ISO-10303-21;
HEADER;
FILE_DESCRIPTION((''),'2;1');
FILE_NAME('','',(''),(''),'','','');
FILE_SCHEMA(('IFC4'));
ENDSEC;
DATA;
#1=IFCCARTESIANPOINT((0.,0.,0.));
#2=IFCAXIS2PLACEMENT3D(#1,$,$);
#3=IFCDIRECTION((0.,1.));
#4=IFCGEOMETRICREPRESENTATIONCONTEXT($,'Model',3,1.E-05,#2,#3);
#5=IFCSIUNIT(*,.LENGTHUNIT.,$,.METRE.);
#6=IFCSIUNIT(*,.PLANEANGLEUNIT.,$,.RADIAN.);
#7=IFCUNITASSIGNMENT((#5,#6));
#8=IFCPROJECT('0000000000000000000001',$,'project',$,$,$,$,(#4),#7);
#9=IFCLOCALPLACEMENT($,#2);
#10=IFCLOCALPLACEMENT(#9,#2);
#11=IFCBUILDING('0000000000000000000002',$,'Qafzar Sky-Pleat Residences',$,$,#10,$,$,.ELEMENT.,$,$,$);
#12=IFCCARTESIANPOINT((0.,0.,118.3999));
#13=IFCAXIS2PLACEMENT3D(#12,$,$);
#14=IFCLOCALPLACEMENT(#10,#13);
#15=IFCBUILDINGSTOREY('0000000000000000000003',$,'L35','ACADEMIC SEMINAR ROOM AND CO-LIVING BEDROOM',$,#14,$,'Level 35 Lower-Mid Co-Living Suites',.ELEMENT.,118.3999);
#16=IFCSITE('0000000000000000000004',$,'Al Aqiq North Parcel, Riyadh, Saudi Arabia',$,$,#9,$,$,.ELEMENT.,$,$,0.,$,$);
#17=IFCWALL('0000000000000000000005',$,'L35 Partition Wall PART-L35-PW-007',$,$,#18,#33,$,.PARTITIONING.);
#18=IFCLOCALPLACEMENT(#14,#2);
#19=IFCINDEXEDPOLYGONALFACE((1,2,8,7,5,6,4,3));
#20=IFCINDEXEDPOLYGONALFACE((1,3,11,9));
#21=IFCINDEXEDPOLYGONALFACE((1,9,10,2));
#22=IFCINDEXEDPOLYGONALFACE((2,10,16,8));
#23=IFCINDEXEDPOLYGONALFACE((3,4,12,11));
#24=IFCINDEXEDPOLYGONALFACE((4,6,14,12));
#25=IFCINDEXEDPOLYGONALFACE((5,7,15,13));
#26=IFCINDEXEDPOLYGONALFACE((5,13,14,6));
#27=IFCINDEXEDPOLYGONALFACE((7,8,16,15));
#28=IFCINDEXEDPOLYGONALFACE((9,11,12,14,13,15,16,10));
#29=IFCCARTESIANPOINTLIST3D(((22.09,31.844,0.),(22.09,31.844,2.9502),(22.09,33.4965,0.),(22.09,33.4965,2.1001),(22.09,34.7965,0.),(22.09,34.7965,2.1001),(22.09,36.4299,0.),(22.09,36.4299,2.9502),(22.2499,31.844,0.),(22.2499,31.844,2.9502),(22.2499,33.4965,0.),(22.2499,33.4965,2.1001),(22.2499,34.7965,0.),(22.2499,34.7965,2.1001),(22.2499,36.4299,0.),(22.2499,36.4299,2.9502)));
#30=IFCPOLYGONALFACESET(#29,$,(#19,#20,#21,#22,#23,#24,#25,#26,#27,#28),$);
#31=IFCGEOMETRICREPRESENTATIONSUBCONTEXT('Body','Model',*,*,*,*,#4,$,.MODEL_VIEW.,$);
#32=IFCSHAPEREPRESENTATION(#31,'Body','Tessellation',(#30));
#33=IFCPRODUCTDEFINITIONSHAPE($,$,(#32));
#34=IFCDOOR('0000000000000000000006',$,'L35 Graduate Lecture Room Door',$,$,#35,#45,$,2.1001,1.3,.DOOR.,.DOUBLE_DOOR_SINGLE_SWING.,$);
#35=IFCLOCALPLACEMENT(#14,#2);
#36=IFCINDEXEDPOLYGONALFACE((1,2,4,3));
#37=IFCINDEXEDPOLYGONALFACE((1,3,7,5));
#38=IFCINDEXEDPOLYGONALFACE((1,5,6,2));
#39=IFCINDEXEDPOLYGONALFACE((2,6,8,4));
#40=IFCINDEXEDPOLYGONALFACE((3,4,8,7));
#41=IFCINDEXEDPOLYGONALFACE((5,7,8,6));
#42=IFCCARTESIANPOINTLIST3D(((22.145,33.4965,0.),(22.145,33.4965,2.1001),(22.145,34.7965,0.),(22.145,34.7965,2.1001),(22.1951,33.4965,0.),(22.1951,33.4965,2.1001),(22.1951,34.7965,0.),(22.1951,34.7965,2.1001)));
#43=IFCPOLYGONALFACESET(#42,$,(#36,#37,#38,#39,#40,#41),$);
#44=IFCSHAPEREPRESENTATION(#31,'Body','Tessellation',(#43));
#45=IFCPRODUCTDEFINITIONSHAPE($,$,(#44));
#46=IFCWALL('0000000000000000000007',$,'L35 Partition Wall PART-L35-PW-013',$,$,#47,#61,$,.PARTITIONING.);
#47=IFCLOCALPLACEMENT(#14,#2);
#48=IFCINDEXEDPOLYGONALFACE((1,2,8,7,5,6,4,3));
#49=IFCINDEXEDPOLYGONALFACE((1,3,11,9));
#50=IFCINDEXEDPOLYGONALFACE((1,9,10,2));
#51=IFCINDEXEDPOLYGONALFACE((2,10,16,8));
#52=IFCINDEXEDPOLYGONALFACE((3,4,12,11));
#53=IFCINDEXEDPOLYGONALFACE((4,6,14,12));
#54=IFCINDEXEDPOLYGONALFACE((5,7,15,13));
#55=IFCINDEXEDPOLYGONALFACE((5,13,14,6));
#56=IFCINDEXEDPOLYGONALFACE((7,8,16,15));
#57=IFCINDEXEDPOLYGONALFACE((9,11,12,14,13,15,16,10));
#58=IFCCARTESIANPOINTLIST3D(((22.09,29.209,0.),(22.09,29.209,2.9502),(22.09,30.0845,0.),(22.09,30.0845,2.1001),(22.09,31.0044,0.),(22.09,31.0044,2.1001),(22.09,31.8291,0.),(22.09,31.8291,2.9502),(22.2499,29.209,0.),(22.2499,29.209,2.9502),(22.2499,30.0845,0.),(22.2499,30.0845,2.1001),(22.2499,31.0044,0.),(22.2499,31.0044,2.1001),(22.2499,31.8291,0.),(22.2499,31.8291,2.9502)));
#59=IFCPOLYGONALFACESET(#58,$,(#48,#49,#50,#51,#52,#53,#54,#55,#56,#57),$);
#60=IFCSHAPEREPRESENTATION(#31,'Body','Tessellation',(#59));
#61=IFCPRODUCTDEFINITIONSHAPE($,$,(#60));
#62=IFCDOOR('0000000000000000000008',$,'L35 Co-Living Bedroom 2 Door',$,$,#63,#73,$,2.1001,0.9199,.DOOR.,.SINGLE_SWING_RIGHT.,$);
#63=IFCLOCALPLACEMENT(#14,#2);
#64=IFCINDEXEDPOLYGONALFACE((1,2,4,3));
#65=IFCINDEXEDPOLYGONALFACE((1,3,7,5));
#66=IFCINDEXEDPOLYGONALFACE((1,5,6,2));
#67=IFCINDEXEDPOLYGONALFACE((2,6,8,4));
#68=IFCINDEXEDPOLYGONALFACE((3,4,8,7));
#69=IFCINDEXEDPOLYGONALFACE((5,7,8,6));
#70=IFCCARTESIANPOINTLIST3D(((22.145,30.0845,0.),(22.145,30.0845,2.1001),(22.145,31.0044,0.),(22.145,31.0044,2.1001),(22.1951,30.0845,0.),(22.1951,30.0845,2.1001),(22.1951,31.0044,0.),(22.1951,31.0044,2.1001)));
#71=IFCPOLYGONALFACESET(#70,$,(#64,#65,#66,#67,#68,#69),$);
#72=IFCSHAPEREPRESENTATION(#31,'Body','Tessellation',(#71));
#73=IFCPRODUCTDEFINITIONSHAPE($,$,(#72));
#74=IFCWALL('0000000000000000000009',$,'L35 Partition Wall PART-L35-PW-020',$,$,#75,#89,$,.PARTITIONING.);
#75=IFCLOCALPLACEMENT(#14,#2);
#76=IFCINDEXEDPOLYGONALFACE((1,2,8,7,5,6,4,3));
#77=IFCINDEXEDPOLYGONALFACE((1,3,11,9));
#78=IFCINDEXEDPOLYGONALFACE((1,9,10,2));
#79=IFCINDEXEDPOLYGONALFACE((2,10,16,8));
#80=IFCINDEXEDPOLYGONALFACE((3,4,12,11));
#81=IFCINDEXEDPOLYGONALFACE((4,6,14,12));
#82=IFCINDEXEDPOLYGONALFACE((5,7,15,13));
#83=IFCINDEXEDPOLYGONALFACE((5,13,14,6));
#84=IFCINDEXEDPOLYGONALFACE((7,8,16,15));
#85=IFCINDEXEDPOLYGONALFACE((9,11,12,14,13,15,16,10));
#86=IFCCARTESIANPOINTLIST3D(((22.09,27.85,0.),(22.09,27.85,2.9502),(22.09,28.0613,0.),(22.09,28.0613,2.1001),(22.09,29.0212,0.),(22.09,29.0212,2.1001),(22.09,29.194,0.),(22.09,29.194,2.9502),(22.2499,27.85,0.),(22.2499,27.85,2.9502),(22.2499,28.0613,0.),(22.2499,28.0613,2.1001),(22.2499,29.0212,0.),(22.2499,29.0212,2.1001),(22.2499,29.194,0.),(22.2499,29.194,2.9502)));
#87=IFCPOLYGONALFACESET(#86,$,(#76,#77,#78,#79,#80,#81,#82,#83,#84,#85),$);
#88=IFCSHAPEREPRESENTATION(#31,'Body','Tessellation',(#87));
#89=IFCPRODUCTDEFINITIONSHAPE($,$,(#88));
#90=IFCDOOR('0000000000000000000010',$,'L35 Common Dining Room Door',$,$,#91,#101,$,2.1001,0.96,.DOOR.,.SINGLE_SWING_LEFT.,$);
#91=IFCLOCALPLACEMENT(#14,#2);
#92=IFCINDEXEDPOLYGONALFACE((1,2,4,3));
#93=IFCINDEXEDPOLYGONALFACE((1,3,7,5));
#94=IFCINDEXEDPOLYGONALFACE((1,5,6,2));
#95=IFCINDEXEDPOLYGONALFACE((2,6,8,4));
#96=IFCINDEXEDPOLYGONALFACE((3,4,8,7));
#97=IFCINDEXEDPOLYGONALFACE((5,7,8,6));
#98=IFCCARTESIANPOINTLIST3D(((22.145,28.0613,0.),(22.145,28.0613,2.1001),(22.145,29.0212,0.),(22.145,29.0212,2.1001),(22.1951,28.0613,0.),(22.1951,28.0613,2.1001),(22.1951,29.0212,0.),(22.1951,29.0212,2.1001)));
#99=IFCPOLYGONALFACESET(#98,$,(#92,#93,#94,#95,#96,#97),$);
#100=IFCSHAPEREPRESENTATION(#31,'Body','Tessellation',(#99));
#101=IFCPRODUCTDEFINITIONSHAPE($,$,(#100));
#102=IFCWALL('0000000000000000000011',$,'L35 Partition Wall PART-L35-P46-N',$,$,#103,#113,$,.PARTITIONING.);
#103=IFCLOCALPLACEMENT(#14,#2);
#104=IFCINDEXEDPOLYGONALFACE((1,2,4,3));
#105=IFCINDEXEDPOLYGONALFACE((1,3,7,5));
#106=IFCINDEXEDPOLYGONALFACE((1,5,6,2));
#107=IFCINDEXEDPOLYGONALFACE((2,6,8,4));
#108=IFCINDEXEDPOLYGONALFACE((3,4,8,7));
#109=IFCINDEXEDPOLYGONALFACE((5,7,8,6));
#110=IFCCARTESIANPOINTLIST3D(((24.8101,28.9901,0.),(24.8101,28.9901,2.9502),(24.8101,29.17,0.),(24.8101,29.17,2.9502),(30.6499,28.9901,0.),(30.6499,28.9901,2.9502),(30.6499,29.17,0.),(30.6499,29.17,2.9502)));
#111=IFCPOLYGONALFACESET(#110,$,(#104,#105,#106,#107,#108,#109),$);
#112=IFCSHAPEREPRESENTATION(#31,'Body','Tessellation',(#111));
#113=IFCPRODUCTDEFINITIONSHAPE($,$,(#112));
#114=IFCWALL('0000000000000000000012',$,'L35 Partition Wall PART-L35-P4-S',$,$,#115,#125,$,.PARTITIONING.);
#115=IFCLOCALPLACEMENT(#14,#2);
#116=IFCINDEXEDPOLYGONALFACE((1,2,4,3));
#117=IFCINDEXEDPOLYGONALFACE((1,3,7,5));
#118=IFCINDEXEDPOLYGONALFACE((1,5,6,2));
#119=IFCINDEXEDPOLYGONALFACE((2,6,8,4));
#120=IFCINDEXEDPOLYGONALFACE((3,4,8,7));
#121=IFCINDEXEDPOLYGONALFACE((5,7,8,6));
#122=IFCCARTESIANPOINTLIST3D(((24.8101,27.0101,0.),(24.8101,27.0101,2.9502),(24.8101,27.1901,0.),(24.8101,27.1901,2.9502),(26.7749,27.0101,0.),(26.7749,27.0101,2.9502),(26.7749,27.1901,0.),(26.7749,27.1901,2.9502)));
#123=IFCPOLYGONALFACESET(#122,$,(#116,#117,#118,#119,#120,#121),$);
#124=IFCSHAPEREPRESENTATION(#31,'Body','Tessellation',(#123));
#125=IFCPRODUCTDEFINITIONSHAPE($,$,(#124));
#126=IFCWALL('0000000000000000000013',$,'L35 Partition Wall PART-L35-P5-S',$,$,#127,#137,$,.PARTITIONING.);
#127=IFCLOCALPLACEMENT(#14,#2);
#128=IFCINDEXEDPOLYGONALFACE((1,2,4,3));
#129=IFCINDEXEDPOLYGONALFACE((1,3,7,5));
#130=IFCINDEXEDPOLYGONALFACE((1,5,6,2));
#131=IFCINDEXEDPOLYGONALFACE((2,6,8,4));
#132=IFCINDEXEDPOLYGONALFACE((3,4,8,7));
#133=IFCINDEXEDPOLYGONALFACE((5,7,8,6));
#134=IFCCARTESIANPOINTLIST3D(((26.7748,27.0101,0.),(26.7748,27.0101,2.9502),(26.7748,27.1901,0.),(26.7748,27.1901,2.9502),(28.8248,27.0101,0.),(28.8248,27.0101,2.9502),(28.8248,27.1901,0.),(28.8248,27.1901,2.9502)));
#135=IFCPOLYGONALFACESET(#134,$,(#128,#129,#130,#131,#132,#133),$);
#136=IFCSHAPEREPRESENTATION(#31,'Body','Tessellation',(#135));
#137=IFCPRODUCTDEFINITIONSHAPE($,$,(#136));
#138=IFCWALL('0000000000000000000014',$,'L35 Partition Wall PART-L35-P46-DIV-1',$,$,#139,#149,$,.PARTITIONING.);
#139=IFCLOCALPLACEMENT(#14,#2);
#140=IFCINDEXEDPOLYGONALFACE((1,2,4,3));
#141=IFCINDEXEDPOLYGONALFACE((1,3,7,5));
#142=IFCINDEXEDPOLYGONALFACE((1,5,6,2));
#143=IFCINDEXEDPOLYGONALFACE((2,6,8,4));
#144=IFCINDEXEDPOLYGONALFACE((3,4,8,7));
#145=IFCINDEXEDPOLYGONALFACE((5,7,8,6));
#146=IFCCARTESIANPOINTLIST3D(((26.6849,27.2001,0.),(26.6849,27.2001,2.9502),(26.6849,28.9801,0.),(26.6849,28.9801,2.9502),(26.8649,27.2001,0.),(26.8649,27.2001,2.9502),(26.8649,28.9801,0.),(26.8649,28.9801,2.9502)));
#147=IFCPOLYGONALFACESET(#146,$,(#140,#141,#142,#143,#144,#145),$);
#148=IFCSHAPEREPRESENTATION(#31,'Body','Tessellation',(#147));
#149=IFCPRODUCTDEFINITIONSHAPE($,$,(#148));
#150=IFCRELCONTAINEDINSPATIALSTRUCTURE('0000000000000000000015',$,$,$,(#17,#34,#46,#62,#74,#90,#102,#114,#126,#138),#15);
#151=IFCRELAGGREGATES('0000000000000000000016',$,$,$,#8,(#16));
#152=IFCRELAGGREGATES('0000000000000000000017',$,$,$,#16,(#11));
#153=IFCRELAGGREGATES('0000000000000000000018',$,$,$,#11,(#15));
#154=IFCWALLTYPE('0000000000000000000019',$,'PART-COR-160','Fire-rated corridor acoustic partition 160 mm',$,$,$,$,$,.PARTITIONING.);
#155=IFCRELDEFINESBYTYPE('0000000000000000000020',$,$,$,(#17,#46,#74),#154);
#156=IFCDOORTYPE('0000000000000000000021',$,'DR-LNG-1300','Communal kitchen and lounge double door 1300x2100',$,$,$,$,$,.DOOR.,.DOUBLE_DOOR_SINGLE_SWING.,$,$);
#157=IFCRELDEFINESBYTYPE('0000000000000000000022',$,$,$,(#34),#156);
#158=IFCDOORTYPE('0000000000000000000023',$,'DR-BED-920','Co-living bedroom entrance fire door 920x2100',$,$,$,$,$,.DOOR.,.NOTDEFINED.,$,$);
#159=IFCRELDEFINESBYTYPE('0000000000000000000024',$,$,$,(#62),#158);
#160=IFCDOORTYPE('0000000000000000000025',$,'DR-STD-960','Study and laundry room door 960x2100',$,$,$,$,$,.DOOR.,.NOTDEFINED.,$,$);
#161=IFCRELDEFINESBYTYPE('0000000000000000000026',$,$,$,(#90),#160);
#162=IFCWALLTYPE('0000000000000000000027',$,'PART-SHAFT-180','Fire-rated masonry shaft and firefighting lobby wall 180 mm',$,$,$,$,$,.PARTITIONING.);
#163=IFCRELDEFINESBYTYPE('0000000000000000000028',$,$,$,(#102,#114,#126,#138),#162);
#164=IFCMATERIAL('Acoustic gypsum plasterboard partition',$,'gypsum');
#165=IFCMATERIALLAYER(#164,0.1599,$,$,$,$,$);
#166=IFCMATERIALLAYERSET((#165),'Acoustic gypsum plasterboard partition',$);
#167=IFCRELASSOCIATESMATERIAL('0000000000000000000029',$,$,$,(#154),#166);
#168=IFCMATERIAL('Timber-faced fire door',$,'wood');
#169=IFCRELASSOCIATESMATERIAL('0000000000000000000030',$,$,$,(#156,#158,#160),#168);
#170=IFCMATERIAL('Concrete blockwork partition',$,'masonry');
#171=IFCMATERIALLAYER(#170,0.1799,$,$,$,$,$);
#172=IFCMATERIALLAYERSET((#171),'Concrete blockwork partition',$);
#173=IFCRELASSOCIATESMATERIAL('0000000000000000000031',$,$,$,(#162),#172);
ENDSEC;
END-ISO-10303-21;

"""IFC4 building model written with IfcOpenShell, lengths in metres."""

from ifc_helpers import new_model, si_unit, direction, frame, frame_2d, origin, place, context, subcontext, project, spatial, rectangle, extrude, source, transform, mapped, material, layer, layer_set, type_object, element, fill, save


model = new_model("IFC4")

# Units and contexts
model_context = context("Model", 3, precision=1e-05, world=origin(), true_north=direction((0.0, 1.0)))
body_context = subcontext(model_context, "Body", "Model", "MODEL_VIEW")
ifc_project = project(units=[si_unit("LENGTHUNIT", "METRE"), si_unit("PLANEANGLEUNIT", "RADIAN")], contexts=[model_context])

# Site, building, storey
site_placement = place(None, origin())
site = spatial("IfcSite", under=ifc_project, at=site_placement, Name="Al Aqiq North Parcel, Riyadh, Saudi Arabia", CompositionType="ELEMENT", RefElevation=0.0)
building_placement = place(site_placement, origin())
building = spatial("IfcBuilding", under=site, at=building_placement, Name="Qafzar Sky-Pleat Residences", CompositionType="ELEMENT")
storey_placement = place(building_placement, frame((0.0, 0.0, 118.3999)))
storey = spatial("IfcBuildingStorey", under=building, at=storey_placement, Name="L35", Description="ACADEMIC SEMINAR ROOM AND CO-LIVING BEDROOM", LongName="Level 35 Lower-Mid Co-Living Suites", CompositionType="ELEMENT", Elevation=118.3999)

# Walls, openings, doors
ifc_material_1 = material(Name="Acoustic gypsum plasterboard partition", Category="gypsum")
ifc_layer_1 = layer(ifc_material_1, 0.1599)
ifc_layer_set_1 = layer_set([ifc_layer_1], Name="Acoustic gypsum plasterboard partition")
wall_type_1 = type_object("IfcWallType", Name="PART-COR-160", Description="Fire-rated corridor acoustic partition 160 mm", PredefinedType="PARTITIONING", material=ifc_layer_set_1)
wall_1_placement = place(storey_placement, frame((22.1699, 31.844, 0.0), z_axis=(0.0, 0.0, 1.0), x_axis=(0.0, 1.0, 0.0)))
wall_1 = element("IfcWall", 1, at=wall_1_placement, inside=storey, type_object=wall_type_1, Name="L35 Partition Wall PART-L35-PW-007", PredefinedType="PARTITIONING", context=body_context, shape_type="SweptSolid", body=[
    extrude(rectangle(XDim=4.5859, YDim=0.1599, at=frame_2d((2.293, 0.0))), origin(), (0.0, 0.0, 1.0), 2.9502),
])
opening_1_placement = place(wall_1_placement, frame((1.6526, 0.0, 0.0)))
opening_1 = element("IfcOpeningElement", 2, at=opening_1_placement, cuts=wall_1, PredefinedType="OPENING", context=body_context, shape_type="SweptSolid", body=[
    extrude(rectangle(XDim=1.3, YDim=2.1001, at=frame_2d((0.6499, 1.05))), frame((0.0, 0.0898, 0.0), z_axis=(0.0, -1.0, 0.0), x_axis=(1.0, 0.0, 0.0)), (0.0, 0.0, 1.0), 0.1799),
])
ifc_material_2 = material(Name="Timber-faced fire door", Category="wood")
door_type_1 = type_object("IfcDoorType", Name="DR-LNG-1300", Description="Communal kitchen and lounge double door 1300x2100", OperationType="DOUBLE_DOOR_SINGLE_SWING", PredefinedType="DOOR", material=ifc_material_2)
shared_shape_1 = source(origin(), body_context, "Body", "SweptSolid", [
    extrude(rectangle(XDim=1.3, YDim=2.1001, at=frame_2d((0.6499, 1.05))), frame((0.0, 0.0249, 0.0), z_axis=(0.0, -1.0, 0.0), x_axis=(1.0, 0.0, 0.0)), (0.0, 0.0, 1.0), 0.05),
])
door_1_placement = place(opening_1_placement, origin())
door_1 = element("IfcDoor", 3, at=door_1_placement, inside=storey, type_object=door_type_1, Name="L35 Graduate Lecture Room Door", OperationType="DOUBLE_DOOR_SINGLE_SWING", OverallHeight=2.1001, OverallWidth=1.3, PredefinedType="DOOR", context=body_context, shape_type="MappedRepresentation", body=[
    mapped(shared_shape_1, transform((0.0, 0.0, 0.0), x_axis=(1.0, 0.0, 0.0), y_axis=(0.0, 1.0, 0.0), z_axis=(0.0, 0.0, 1.0), scale=1.0)),
])
fill(opening_1, door_1)
wall_2_placement = place(storey_placement, frame((22.1699, 29.209, 0.0), z_axis=(0.0, 0.0, 1.0), x_axis=(0.0, 1.0, 0.0)))
wall_2 = element("IfcWall", 4, at=wall_2_placement, inside=storey, type_object=wall_type_1, Name="L35 Partition Wall PART-L35-PW-013", PredefinedType="PARTITIONING", context=body_context, shape_type="SweptSolid", body=[
    extrude(rectangle(XDim=2.6201, YDim=0.1599, at=frame_2d((1.3101, 0.0))), origin(), (0.0, 0.0, 1.0), 2.9502),
])
opening_2_placement = place(wall_2_placement, frame((0.8755, 0.0, 0.0)))
opening_2 = element("IfcOpeningElement", 5, at=opening_2_placement, cuts=wall_2, PredefinedType="OPENING", context=body_context, shape_type="SweptSolid", body=[
    extrude(rectangle(XDim=0.9199, YDim=2.1001, at=frame_2d((0.46, 1.05))), frame((0.0, 0.0898, 0.0), z_axis=(0.0, -1.0, 0.0), x_axis=(1.0, 0.0, 0.0)), (0.0, 0.0, 1.0), 0.1799),
])
door_type_2 = type_object("IfcDoorType", Name="DR-BED-920", Description="Co-living bedroom entrance fire door 920x2100", OperationType="NOTDEFINED", PredefinedType="DOOR", material=ifc_material_2)
shared_shape_2 = source(origin(), body_context, "Body", "SweptSolid", [
    extrude(rectangle(XDim=0.9199, YDim=2.1001, at=frame_2d((0.46, 1.05))), frame((0.0, 0.0249, 0.0), z_axis=(0.0, -1.0, 0.0), x_axis=(1.0, 0.0, 0.0)), (0.0, 0.0, 1.0), 0.05),
])
door_2_placement = place(opening_2_placement, origin())
door_2 = element("IfcDoor", 6, at=door_2_placement, inside=storey, type_object=door_type_2, Name="L35 Co-Living Bedroom 2 Door", OperationType="SINGLE_SWING_RIGHT", OverallHeight=2.1001, OverallWidth=0.9199, PredefinedType="DOOR", context=body_context, shape_type="MappedRepresentation", body=[
    mapped(shared_shape_2, transform((0.0, 0.0, 0.0), x_axis=(1.0, 0.0, 0.0), y_axis=(0.0, 1.0, 0.0), z_axis=(0.0, 0.0, 1.0), scale=1.0)),
])
fill(opening_2, door_2)
wall_3_placement = place(storey_placement, frame((22.1699, 27.8501, 0.0), z_axis=(0.0, 0.0, 1.0), x_axis=(0.0, 1.0, 0.0)))
wall_3 = element("IfcWall", 7, at=wall_3_placement, inside=storey, type_object=wall_type_1, Name="L35 Partition Wall PART-L35-PW-020", PredefinedType="PARTITIONING", context=body_context, shape_type="SweptSolid", body=[
    extrude(rectangle(XDim=1.344, YDim=0.1599, at=frame_2d((0.6719, 0.0))), origin(), (0.0, 0.0, 1.0), 2.9502),
])
opening_3_placement = place(wall_3_placement, frame((0.2112, 0.0, 0.0)))
opening_3 = element("IfcOpeningElement", 8, at=opening_3_placement, cuts=wall_3, PredefinedType="OPENING", context=body_context, shape_type="SweptSolid", body=[
    extrude(rectangle(XDim=0.96, YDim=2.1001, at=frame_2d((0.48, 1.05))), frame((0.0, 0.0898, 0.0), z_axis=(0.0, -1.0, 0.0), x_axis=(1.0, 0.0, 0.0)), (0.0, 0.0, 1.0), 0.1799),
])
door_type_3 = type_object("IfcDoorType", Name="DR-STD-960", Description="Study and laundry room door 960x2100", OperationType="NOTDEFINED", PredefinedType="DOOR", material=ifc_material_2)
shared_shape_3 = source(origin(), body_context, "Body", "SweptSolid", [
    extrude(rectangle(XDim=0.96, YDim=2.1001, at=frame_2d((0.48, 1.05))), frame((0.0, 0.0249, 0.0), z_axis=(0.0, -1.0, 0.0), x_axis=(1.0, 0.0, 0.0)), (0.0, 0.0, 1.0), 0.05),
])
door_3_placement = place(opening_3_placement, origin())
door_3 = element("IfcDoor", 9, at=door_3_placement, inside=storey, type_object=door_type_3, Name="L35 Common Dining Room Door", OperationType="SINGLE_SWING_LEFT", OverallHeight=2.1001, OverallWidth=0.96, PredefinedType="DOOR", context=body_context, shape_type="MappedRepresentation", body=[
    mapped(shared_shape_3, transform((0.0, 0.0, 0.0), x_axis=(1.0, 0.0, 0.0), y_axis=(0.0, 1.0, 0.0), z_axis=(0.0, 0.0, 1.0), scale=1.0)),
])
fill(opening_3, door_3)

# Walls
ifc_material_3 = material(Name="Concrete blockwork partition", Category="masonry")
ifc_layer_2 = layer(ifc_material_3, 0.1799)
ifc_layer_set_2 = layer_set([ifc_layer_2], Name="Concrete blockwork partition")
wall_type_2 = type_object("IfcWallType", Name="PART-SHAFT-180", Description="Fire-rated masonry shaft and firefighting lobby wall 180 mm", PredefinedType="PARTITIONING", material=ifc_layer_set_2)
wall_4_placement = place(storey_placement, frame((24.8101, 29.0801, 0.0), z_axis=(0.0, 0.0, 1.0), x_axis=(1.0, 0.0, 0.0)))
element("IfcWall", 10, at=wall_4_placement, inside=storey, type_object=wall_type_2, Name="L35 Partition Wall PART-L35-P46-N", PredefinedType="PARTITIONING", context=body_context, shape_type="SweptSolid", body=[
    extrude(rectangle(XDim=5.8398, YDim=0.1799, at=frame_2d((2.9199, 0.0))), origin(), (0.0, 0.0, 1.0), 2.9502),
])
wall_5_placement = place(storey_placement, frame((24.8101, 27.1001, 0.0), z_axis=(0.0, 0.0, 1.0), x_axis=(1.0, 0.0, 0.0)))
element("IfcWall", 11, at=wall_5_placement, inside=storey, type_object=wall_type_2, Name="L35 Partition Wall PART-L35-P4-S", PredefinedType="PARTITIONING", context=body_context, shape_type="SweptSolid", body=[
    extrude(rectangle(XDim=1.9648, YDim=0.1799, at=frame_2d((0.9824, 0.0))), origin(), (0.0, 0.0, 1.0), 2.9502),
])
wall_6_placement = place(storey_placement, frame((26.7749, 27.1001, 0.0), z_axis=(0.0, 0.0, 1.0), x_axis=(1.0, 0.0, 0.0)))
element("IfcWall", 12, at=wall_6_placement, inside=storey, type_object=wall_type_2, Name="L35 Partition Wall PART-L35-P5-S", PredefinedType="PARTITIONING", context=body_context, shape_type="SweptSolid", body=[
    extrude(rectangle(XDim=2.05, YDim=0.1799, at=frame_2d((1.0249, 0.0))), origin(), (0.0, 0.0, 1.0), 2.9502),
])
wall_7_placement = place(storey_placement, frame((26.7749, 27.2, 0.0), z_axis=(0.0, 0.0, 1.0), x_axis=(0.0, 1.0, 0.0)))
element("IfcWall", 13, at=wall_7_placement, inside=storey, type_object=wall_type_2, Name="L35 Partition Wall PART-L35-P46-DIV-1", PredefinedType="PARTITIONING", context=body_context, shape_type="SweptSolid", body=[
    extrude(rectangle(XDim=1.78, YDim=0.1799, at=frame_2d((0.8901, 0.0))), origin(), (0.0, 0.0, 1.0), 2.9502),
])

save(model, "model.ifc")
